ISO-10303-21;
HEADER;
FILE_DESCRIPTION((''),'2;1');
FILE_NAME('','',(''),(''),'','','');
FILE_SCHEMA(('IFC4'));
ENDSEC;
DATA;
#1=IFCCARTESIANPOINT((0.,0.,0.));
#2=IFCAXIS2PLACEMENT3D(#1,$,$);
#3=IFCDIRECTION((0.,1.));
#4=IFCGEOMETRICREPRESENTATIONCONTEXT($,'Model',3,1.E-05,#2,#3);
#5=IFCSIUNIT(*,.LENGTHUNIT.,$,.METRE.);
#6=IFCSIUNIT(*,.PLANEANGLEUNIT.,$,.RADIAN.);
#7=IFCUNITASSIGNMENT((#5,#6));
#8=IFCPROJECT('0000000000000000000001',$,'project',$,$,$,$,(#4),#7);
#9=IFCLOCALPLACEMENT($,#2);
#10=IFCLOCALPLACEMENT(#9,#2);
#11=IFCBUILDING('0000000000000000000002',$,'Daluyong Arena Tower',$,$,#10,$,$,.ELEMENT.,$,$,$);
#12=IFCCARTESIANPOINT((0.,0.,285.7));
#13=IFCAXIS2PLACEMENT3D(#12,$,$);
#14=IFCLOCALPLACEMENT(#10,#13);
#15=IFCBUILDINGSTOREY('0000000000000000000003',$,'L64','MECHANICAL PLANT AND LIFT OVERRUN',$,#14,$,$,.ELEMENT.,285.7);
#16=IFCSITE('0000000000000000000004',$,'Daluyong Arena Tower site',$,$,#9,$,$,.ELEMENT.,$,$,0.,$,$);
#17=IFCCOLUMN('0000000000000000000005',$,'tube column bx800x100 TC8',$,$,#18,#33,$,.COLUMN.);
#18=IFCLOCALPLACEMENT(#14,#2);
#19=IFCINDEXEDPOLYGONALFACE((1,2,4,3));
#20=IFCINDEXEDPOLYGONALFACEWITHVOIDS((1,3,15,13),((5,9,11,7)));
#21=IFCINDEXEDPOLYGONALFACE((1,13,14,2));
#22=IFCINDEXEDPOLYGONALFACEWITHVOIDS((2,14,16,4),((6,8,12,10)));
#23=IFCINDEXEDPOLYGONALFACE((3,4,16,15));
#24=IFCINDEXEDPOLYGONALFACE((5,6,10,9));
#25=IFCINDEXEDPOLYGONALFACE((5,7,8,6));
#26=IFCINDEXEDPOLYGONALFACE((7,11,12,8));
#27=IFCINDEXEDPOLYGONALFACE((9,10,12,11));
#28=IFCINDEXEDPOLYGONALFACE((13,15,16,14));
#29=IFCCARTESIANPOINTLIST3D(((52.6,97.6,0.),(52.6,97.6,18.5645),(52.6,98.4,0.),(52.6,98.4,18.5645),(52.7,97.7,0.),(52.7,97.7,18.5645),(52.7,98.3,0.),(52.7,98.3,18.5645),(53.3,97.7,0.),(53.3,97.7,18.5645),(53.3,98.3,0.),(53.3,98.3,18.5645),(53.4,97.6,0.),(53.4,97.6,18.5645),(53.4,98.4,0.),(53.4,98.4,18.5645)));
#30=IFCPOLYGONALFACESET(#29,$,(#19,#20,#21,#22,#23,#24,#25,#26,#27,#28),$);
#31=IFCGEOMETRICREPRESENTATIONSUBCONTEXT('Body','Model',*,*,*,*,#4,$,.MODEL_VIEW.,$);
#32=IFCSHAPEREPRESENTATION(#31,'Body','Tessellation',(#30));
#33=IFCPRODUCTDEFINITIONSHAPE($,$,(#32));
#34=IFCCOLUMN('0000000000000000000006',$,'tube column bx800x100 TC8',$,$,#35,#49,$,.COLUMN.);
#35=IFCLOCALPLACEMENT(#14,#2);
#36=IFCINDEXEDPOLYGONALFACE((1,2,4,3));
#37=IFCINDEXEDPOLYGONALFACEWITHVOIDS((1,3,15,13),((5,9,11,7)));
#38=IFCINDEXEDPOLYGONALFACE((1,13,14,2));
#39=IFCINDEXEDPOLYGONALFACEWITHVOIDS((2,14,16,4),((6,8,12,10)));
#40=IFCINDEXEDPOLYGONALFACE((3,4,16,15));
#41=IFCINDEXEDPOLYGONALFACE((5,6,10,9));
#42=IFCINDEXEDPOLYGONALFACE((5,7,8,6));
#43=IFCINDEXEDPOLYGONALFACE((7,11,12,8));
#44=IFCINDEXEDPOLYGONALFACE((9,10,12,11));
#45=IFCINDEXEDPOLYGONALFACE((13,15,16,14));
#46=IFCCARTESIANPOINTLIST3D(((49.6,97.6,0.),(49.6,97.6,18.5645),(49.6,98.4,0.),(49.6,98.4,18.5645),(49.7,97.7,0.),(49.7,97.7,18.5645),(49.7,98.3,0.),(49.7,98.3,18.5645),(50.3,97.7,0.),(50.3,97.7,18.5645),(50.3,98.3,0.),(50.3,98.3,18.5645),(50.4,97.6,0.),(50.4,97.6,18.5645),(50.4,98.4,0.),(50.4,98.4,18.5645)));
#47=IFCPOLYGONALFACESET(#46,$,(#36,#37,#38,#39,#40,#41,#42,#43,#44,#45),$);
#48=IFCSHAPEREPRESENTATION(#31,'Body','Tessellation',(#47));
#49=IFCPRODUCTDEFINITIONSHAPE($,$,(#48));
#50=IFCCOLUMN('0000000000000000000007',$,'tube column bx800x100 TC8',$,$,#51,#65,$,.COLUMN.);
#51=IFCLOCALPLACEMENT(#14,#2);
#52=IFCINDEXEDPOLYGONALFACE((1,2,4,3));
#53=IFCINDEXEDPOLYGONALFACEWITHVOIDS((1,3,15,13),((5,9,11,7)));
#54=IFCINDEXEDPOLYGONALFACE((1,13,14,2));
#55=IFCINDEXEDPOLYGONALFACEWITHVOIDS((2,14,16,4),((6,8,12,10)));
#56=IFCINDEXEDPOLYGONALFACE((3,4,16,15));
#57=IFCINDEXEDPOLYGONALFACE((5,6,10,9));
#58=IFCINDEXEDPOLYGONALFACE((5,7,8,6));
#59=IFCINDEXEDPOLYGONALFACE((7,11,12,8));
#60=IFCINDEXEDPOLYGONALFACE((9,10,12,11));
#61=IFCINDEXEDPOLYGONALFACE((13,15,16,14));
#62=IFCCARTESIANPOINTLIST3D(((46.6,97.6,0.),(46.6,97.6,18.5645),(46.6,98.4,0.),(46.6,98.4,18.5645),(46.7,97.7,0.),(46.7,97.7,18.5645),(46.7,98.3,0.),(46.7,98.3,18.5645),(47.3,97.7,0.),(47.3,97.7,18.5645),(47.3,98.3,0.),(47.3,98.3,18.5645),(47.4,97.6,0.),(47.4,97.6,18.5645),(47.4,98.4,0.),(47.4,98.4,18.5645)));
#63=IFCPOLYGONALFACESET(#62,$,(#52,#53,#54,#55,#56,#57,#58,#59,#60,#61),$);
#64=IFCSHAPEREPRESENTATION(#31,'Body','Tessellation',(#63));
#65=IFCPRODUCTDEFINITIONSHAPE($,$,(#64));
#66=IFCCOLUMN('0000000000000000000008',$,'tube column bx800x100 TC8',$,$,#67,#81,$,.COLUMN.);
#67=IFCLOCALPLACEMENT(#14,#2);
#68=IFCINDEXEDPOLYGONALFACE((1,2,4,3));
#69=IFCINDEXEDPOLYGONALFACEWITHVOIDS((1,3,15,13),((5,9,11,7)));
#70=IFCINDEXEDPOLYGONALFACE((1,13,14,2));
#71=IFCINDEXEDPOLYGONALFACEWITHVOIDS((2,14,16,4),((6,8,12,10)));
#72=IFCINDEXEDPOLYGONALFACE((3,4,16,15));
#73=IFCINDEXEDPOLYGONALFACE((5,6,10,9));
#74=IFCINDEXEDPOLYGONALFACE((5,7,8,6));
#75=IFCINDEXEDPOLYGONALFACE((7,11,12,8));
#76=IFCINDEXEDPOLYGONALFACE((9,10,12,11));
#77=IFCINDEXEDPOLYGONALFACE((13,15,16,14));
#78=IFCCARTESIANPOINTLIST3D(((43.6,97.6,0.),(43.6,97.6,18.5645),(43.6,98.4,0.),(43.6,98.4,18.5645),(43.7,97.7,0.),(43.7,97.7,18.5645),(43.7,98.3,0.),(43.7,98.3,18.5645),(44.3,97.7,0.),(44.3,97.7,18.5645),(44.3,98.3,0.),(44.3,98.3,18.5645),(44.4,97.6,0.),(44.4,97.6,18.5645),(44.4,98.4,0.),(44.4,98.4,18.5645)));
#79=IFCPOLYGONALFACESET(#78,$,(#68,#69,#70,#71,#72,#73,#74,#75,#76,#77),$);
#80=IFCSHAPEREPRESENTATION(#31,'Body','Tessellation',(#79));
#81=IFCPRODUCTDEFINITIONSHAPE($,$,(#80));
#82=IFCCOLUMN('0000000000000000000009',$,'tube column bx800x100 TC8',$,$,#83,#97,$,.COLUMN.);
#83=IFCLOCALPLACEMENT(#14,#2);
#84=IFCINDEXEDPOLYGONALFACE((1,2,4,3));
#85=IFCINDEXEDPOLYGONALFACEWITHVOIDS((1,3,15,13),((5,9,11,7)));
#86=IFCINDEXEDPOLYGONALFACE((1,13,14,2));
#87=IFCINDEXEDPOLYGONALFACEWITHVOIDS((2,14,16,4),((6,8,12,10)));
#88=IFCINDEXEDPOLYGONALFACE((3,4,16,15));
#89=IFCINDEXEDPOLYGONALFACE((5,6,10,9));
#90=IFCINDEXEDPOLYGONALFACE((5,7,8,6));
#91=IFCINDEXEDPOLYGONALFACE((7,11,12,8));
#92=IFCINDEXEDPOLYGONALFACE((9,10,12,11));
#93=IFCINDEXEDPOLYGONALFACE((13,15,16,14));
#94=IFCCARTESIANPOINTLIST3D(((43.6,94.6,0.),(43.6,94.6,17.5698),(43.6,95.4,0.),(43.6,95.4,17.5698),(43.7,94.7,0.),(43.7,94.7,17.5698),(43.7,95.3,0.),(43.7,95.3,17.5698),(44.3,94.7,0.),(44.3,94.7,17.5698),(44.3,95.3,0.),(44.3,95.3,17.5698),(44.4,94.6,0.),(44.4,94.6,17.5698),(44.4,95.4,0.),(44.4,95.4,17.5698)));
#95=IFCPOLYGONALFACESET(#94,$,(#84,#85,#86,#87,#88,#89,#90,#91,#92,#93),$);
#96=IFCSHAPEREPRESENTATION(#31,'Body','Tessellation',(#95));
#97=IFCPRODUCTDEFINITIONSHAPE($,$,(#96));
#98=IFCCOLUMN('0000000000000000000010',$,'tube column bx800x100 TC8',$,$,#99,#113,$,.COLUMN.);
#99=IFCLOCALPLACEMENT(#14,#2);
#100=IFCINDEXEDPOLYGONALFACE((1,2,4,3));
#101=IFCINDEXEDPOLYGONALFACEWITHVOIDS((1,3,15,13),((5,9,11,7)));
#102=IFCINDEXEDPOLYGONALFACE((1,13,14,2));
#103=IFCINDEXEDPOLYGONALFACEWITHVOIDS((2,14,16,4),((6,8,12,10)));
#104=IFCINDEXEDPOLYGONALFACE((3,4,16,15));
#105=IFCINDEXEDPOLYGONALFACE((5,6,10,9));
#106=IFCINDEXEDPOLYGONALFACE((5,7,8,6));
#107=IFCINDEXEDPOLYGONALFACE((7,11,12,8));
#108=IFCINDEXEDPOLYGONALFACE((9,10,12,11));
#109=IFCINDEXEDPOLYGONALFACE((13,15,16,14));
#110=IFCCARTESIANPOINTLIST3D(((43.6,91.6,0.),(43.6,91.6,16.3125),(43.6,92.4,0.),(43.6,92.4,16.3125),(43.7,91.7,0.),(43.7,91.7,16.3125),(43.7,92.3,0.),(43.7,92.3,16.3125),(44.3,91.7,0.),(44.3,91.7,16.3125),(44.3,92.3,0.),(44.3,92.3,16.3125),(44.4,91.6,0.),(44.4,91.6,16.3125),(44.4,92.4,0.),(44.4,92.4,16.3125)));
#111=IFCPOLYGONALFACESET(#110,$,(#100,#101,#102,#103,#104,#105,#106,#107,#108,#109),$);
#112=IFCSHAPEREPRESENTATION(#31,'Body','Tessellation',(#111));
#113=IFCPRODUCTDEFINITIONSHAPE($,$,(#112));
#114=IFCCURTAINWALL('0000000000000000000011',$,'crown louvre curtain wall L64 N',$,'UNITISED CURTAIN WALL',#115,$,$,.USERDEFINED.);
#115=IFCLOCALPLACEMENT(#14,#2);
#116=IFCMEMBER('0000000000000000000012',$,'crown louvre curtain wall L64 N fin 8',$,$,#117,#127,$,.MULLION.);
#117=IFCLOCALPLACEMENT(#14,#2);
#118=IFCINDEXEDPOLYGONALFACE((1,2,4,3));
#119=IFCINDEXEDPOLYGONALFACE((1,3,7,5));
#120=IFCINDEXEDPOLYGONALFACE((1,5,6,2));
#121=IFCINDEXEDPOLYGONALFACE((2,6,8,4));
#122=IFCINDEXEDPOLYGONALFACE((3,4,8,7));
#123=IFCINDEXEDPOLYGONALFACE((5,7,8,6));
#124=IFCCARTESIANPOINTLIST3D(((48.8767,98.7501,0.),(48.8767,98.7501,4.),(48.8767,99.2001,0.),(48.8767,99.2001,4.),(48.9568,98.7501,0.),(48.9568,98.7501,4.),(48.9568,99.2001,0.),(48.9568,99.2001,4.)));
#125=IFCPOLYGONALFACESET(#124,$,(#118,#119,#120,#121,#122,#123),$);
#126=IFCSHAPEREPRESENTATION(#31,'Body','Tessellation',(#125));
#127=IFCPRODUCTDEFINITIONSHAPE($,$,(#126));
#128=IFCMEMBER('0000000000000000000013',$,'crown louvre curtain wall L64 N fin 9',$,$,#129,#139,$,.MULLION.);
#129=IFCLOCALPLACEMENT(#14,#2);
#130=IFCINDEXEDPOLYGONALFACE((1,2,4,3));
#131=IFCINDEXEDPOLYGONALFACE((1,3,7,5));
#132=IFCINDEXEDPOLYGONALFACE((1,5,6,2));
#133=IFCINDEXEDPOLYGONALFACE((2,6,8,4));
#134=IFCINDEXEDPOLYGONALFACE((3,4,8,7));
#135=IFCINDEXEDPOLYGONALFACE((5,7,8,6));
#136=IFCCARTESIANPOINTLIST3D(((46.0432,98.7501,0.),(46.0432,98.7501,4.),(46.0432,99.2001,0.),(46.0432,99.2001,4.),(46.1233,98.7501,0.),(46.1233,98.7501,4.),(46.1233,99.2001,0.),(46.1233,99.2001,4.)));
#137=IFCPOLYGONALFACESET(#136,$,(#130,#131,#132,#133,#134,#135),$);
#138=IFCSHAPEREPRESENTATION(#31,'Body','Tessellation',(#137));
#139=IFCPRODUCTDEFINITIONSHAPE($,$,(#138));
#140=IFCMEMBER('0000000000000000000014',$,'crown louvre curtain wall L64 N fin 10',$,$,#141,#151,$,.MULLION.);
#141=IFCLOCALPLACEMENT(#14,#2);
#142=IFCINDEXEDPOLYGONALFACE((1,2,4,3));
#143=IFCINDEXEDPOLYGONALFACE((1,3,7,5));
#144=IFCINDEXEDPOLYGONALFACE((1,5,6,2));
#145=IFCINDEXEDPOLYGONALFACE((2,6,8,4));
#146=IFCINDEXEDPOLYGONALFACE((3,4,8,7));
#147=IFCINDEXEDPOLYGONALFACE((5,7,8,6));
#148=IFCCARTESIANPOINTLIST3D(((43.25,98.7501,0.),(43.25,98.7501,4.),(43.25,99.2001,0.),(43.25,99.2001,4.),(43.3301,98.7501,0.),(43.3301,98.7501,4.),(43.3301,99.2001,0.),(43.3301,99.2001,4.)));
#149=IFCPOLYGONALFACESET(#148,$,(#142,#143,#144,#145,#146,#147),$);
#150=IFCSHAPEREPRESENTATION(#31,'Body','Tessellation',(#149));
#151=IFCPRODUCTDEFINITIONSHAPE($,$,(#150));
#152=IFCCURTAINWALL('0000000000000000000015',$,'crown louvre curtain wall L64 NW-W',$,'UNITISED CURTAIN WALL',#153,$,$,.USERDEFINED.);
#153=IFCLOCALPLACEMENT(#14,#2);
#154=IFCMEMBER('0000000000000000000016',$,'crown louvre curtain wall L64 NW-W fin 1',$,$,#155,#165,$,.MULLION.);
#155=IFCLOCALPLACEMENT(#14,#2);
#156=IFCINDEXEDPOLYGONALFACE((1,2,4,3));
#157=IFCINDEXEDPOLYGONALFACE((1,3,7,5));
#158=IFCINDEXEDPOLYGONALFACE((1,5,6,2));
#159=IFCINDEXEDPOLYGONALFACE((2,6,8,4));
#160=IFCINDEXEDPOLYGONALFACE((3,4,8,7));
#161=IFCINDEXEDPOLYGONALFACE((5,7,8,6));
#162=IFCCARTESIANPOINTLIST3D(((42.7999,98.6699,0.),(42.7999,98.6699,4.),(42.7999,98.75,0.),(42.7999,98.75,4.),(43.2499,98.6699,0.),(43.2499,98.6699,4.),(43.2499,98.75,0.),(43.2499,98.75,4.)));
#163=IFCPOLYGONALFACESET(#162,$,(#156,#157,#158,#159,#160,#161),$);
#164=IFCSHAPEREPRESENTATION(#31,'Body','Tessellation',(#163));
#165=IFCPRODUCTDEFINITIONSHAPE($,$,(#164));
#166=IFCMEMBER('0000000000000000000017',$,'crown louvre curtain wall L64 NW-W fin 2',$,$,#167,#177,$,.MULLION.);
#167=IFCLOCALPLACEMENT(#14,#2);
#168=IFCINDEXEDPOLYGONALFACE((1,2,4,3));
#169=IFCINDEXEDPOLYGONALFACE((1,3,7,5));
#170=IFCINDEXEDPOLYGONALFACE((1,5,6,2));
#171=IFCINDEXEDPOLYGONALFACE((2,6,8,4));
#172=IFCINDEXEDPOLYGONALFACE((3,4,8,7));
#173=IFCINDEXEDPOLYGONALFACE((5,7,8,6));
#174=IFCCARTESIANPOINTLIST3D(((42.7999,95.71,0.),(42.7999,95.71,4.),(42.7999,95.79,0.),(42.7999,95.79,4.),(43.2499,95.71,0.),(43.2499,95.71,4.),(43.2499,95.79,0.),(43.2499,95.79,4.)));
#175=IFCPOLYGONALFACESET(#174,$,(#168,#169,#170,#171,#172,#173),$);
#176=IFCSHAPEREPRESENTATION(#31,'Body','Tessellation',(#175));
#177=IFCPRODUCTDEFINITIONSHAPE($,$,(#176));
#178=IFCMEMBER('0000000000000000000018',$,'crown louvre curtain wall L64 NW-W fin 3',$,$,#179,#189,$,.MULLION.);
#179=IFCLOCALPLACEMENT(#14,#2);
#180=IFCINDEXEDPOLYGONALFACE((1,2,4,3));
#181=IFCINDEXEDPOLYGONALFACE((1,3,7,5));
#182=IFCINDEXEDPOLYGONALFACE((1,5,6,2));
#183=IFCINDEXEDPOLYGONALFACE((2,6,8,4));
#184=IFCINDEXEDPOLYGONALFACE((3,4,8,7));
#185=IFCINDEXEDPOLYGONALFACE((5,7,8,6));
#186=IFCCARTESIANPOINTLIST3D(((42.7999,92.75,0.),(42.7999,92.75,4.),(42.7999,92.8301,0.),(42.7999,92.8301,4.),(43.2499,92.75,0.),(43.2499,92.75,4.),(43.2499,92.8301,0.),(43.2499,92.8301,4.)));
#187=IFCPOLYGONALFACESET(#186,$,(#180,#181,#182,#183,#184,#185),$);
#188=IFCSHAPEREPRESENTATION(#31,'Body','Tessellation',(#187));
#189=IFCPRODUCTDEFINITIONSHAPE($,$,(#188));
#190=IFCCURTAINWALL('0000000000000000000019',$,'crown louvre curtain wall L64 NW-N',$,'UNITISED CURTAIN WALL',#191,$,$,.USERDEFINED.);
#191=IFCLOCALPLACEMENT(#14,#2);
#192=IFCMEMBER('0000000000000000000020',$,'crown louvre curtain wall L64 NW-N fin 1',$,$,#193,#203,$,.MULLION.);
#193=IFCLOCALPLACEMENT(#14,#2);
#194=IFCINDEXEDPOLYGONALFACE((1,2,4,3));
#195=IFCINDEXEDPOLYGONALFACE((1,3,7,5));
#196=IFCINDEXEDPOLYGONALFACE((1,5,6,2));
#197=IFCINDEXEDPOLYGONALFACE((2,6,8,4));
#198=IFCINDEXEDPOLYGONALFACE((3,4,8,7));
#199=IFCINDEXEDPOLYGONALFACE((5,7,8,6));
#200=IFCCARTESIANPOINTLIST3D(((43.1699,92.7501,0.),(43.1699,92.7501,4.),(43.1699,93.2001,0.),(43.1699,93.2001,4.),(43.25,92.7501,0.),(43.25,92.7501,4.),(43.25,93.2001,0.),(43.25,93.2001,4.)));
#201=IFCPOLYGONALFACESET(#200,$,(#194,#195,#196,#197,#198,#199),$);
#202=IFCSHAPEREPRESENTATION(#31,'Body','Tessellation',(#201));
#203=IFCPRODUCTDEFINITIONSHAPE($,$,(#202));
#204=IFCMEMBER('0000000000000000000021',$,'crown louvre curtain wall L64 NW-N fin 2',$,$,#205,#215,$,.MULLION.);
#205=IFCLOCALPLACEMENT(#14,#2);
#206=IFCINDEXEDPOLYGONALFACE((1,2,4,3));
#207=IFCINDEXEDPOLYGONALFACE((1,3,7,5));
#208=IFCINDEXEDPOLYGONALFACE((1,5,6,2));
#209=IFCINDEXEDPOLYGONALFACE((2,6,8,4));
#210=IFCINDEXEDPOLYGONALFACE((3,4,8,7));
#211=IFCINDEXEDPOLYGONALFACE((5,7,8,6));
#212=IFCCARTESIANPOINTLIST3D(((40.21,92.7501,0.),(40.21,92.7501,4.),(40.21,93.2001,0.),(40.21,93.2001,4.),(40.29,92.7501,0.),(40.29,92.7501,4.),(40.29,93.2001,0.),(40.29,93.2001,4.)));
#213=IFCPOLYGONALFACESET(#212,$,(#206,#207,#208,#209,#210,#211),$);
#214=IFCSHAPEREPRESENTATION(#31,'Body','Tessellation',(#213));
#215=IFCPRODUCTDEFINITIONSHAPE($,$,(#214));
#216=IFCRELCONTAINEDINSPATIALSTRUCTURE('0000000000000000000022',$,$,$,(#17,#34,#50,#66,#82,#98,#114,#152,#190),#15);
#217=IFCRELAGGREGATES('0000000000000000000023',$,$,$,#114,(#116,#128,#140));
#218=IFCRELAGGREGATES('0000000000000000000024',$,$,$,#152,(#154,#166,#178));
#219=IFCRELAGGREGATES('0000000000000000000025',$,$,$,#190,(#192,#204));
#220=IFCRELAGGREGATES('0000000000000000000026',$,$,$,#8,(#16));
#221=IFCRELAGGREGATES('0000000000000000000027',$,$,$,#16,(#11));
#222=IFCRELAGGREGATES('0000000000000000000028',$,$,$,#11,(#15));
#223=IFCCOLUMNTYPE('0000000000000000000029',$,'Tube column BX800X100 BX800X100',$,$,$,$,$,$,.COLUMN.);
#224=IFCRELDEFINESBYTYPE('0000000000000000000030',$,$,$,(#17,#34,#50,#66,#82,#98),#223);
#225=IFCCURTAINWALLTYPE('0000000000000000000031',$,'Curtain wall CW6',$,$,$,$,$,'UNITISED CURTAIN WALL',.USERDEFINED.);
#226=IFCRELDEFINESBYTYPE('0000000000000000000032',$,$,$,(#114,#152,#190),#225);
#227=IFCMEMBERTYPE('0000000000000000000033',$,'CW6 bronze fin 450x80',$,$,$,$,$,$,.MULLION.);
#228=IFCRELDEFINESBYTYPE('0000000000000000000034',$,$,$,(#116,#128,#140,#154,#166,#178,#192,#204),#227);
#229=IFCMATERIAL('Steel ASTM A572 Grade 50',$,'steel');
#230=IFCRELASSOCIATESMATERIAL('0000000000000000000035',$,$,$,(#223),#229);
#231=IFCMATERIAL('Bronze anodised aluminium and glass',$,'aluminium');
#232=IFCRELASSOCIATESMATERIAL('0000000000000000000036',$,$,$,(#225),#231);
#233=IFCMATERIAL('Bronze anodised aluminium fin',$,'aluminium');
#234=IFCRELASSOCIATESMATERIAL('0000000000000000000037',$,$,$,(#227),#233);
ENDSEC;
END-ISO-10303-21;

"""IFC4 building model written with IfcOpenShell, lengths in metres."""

from ifc_helpers import new_model, si_unit, direction, frame, origin, origin_2d, place, context, subcontext, project, spatial, rectangle, hollow_rectangle, extrude, material, material_profile, profile_set, type_object, element, aggregate, save


model = new_model("IFC4")

# Units and contexts
model_context = context("Model", 3, precision=1e-05, world=origin(), true_north=direction((0.0, 1.0)))
body_context = subcontext(model_context, "Body", "Model", "MODEL_VIEW")
ifc_project = project(units=[si_unit("LENGTHUNIT", "METRE"), si_unit("PLANEANGLEUNIT", "RADIAN")], contexts=[model_context])

# Site, building, storey
site_placement = place(None, origin())
site = spatial("IfcSite", under=ifc_project, at=site_placement, Name="Daluyong Arena Tower site", CompositionType="ELEMENT", RefElevation=0.0)
building_placement = place(site_placement, origin())
building = spatial("IfcBuilding", under=site, at=building_placement, Name="Daluyong Arena Tower", CompositionType="ELEMENT")
storey_placement = place(building_placement, frame((0.0, 0.0, 285.7)))
storey = spatial("IfcBuildingStorey", under=building, at=storey_placement, Name="L64", Description="MECHANICAL PLANT AND LIFT OVERRUN", CompositionType="ELEMENT", Elevation=285.7)

# Columns
ifc_material_1 = material(Name="Steel ASTM A572 Grade 50", Category="steel")
ifc_material_profile_1 = material_profile(ifc_material_1, hollow_rectangle(XDim=0.8, YDim=0.8, WallThickness=0.1, at=origin_2d()))
ifc_profile_set_1 = profile_set([ifc_material_profile_1], Name="Steel ASTM A572 Grade 50")
column_type = type_object("IfcColumnType", Name="Tube column BX800X100 BX800X100", PredefinedType="COLUMN", material=ifc_profile_set_1)
for number, where, z_axis, x_axis, name in (
    (1, (53.0, 98.0, 0.0), (0.0, 0.0, 1.0), (1.0, 0.0, 0.0), "tube column bx800x100 TC8"),
    (2, (50.0, 98.0, 0.0), (0.0, 0.0, 1.0), (1.0, 0.0, 0.0), "tube column bx800x100 TC8"),
    (3, (47.0, 98.0, 0.0), (0.0, 0.0, 1.0), (1.0, 0.0, 0.0), "tube column bx800x100 TC8"),
    (4, (44.0, 98.0, 0.0), (0.0, 0.0, 1.0), (0.0, 1.0, 0.0), "tube column bx800x100 TC8"),
):
    element("IfcColumn", number, at=place(storey_placement, frame(where, z_axis=z_axis, x_axis=x_axis)), inside=storey, type_object=column_type, Name=name, PredefinedType="COLUMN", context=body_context, shape_type="SweptSolid", body=[
        extrude(hollow_rectangle(XDim=0.8, YDim=0.8, WallThickness=0.1, at=origin_2d()), origin(), (0.0, 0.0, 1.0), 18.5645),
    ])
column_1_placement = place(storey_placement, frame((44.0, 95.0, 0.0), z_axis=(0.0, 0.0, 1.0), x_axis=(0.0, 1.0, 0.0)))
element("IfcColumn", 5, at=column_1_placement, inside=storey, type_object=column_type, Name="tube column bx800x100 TC8", PredefinedType="COLUMN", context=body_context, shape_type="SweptSolid", body=[
    extrude(hollow_rectangle(XDim=0.8, YDim=0.8, WallThickness=0.1, at=origin_2d()), origin(), (0.0, 0.0, 1.0), 17.5698),
])
column_2_placement = place(storey_placement, frame((44.0, 92.0, 0.0), z_axis=(0.0, 0.0, 1.0), x_axis=(1.0, 0.0, 0.0)))
element("IfcColumn", 6, at=column_2_placement, inside=storey, type_object=column_type, Name="tube column bx800x100 TC8", PredefinedType="COLUMN", context=body_context, shape_type="SweptSolid", body=[
    extrude(hollow_rectangle(XDim=0.8, YDim=0.8, WallThickness=0.1, at=origin_2d()), origin(), (0.0, 0.0, 1.0), 16.3125),
])

# Curtain walls, members
ifc_material_2 = material(Name="Bronze anodised aluminium and glass", Category="aluminium")
curtain_wall_type = type_object("IfcCurtainWallType", Name="Curtain wall CW6", ElementType="UNITISED CURTAIN WALL", PredefinedType="USERDEFINED", material=ifc_material_2)
curtain_wall_1_placement = place(storey_placement, origin())
curtain_wall_1 = element("IfcCurtainWall", 7, at=curtain_wall_1_placement, inside=storey, type_object=curtain_wall_type, Name="crown louvre curtain wall L64 N", ObjectType="UNITISED CURTAIN WALL", PredefinedType="USERDEFINED")
ifc_material_3 = material(Name="Bronze anodised aluminium fin", Category="aluminium")
ifc_material_profile_2 = material_profile(ifc_material_3, rectangle(XDim=0.45, YDim=0.0801, at=origin_2d()))
ifc_profile_set_2 = profile_set([ifc_material_profile_2], Name="Bronze anodised aluminium fin")
member_type = type_object("IfcMemberType", Name="CW6 bronze fin 450x80", PredefinedType="MULLION", material=ifc_profile_set_2)
member_1_placement = place(storey_placement, frame((48.9167, 98.9751, 0.0), z_axis=(0.0, 0.0, 1.0), x_axis=(0.0, -1.0, 0.0)))
member_1 = element("IfcMember", 8, at=member_1_placement, type_object=member_type, Name="crown louvre curtain wall L64 N fin 8", PredefinedType="MULLION", context=body_context, shape_type="SweptSolid", body=[
    extrude(rectangle(XDim=0.45, YDim=0.0801, at=origin_2d()), origin(), (0.0, 0.0, 1.0), 4.0),
])
member_2_placement = place(storey_placement, frame((46.0833, 98.9751, 0.0), z_axis=(0.0, 0.0, 1.0), x_axis=(0.0, -1.0, 0.0)))
member_2 = element("IfcMember", 9, at=member_2_placement, type_object=member_type, Name="crown louvre curtain wall L64 N fin 9", PredefinedType="MULLION", context=body_context, shape_type="SweptSolid", body=[
    extrude(rectangle(XDim=0.45, YDim=0.0801, at=origin_2d()), origin(), (0.0, 0.0, 1.0), 4.0),
])
member_3_placement = place(storey_placement, frame((43.29, 98.9751, 0.0), z_axis=(0.0, 0.0, 1.0), x_axis=(0.0, -1.0, 0.0)))
member_3 = element("IfcMember", 10, at=member_3_placement, type_object=member_type, Name="crown louvre curtain wall L64 N fin 10", PredefinedType="MULLION", context=body_context, shape_type="SweptSolid", body=[
    extrude(rectangle(XDim=0.45, YDim=0.0801, at=origin_2d()), origin(), (0.0, 0.0, 1.0), 4.0),
])
curtain_wall_2_placement = place(storey_placement, origin())
curtain_wall_2 = element("IfcCurtainWall", 11, at=curtain_wall_2_placement, inside=storey, type_object=curtain_wall_type, Name="crown louvre curtain wall L64 NW-W", ObjectType="UNITISED CURTAIN WALL", PredefinedType="USERDEFINED")
member_4_placement = place(storey_placement, frame((43.0249, 98.71, 0.0), z_axis=(0.0, 0.0, 1.0), x_axis=(1.0, 0.0, 0.0)))
member_4 = element("IfcMember", 12, at=member_4_placement, type_object=member_type, Name="crown louvre curtain wall L64 NW-W fin 1", PredefinedType="MULLION", context=body_context, shape_type="SweptSolid", body=[
    extrude(rectangle(XDim=0.45, YDim=0.0801, at=origin_2d()), origin(), (0.0, 0.0, 1.0), 4.0),
])
member_5_placement = place(storey_placement, frame((43.0249, 95.75, 0.0), z_axis=(0.0, 0.0, 1.0), x_axis=(1.0, 0.0, 0.0)))
member_5 = element("IfcMember", 13, at=member_5_placement, type_object=member_type, Name="crown louvre curtain wall L64 NW-W fin 2", PredefinedType="MULLION", context=body_context, shape_type="SweptSolid", body=[
    extrude(rectangle(XDim=0.45, YDim=0.0801, at=origin_2d()), origin(), (0.0, 0.0, 1.0), 4.0),
])
member_6_placement = place(storey_placement, frame((43.0249, 92.79, 0.0), z_axis=(0.0, 0.0, 1.0), x_axis=(1.0, 0.0, 0.0)))
member_6 = element("IfcMember", 14, at=member_6_placement, type_object=member_type, Name="crown louvre curtain wall L64 NW-W fin 3", PredefinedType="MULLION", context=body_context, shape_type="SweptSolid", body=[
    extrude(rectangle(XDim=0.45, YDim=0.0801, at=origin_2d()), origin(), (0.0, 0.0, 1.0), 4.0),
])
curtain_wall_3_placement = place(storey_placement, origin())
curtain_wall_3 = element("IfcCurtainWall", 15, at=curtain_wall_3_placement, inside=storey, type_object=curtain_wall_type, Name="crown louvre curtain wall L64 NW-N", ObjectType="UNITISED CURTAIN WALL", PredefinedType="USERDEFINED")
member_7_placement = place(storey_placement, frame((43.21, 92.9751, 0.0), z_axis=(0.0, 0.0, 1.0), x_axis=(0.0, -1.0, 0.0)))
member_7 = element("IfcMember", 16, at=member_7_placement, type_object=member_type, Name="crown louvre curtain wall L64 NW-N fin 1", PredefinedType="MULLION", context=body_context, shape_type="SweptSolid", body=[
    extrude(rectangle(XDim=0.45, YDim=0.0801, at=origin_2d()), origin(), (0.0, 0.0, 1.0), 4.0),
])
member_8_placement = place(storey_placement, frame((40.25, 92.9751, 0.0), z_axis=(0.0, 0.0, 1.0), x_axis=(0.0, -1.0, 0.0)))
member_8 = element("IfcMember", 17, at=member_8_placement, type_object=member_type, Name="crown louvre curtain wall L64 NW-N fin 2", PredefinedType="MULLION", context=body_context, shape_type="SweptSolid", body=[
    extrude(rectangle(XDim=0.45, YDim=0.0801, at=origin_2d()), origin(), (0.0, 0.0, 1.0), 4.0),
])

aggregate(curtain_wall_1, [member_1, member_2, member_3])
aggregate(curtain_wall_2, [member_4, member_5, member_6])
aggregate(curtain_wall_3, [member_7, member_8])

save(model, "model.ifc")
